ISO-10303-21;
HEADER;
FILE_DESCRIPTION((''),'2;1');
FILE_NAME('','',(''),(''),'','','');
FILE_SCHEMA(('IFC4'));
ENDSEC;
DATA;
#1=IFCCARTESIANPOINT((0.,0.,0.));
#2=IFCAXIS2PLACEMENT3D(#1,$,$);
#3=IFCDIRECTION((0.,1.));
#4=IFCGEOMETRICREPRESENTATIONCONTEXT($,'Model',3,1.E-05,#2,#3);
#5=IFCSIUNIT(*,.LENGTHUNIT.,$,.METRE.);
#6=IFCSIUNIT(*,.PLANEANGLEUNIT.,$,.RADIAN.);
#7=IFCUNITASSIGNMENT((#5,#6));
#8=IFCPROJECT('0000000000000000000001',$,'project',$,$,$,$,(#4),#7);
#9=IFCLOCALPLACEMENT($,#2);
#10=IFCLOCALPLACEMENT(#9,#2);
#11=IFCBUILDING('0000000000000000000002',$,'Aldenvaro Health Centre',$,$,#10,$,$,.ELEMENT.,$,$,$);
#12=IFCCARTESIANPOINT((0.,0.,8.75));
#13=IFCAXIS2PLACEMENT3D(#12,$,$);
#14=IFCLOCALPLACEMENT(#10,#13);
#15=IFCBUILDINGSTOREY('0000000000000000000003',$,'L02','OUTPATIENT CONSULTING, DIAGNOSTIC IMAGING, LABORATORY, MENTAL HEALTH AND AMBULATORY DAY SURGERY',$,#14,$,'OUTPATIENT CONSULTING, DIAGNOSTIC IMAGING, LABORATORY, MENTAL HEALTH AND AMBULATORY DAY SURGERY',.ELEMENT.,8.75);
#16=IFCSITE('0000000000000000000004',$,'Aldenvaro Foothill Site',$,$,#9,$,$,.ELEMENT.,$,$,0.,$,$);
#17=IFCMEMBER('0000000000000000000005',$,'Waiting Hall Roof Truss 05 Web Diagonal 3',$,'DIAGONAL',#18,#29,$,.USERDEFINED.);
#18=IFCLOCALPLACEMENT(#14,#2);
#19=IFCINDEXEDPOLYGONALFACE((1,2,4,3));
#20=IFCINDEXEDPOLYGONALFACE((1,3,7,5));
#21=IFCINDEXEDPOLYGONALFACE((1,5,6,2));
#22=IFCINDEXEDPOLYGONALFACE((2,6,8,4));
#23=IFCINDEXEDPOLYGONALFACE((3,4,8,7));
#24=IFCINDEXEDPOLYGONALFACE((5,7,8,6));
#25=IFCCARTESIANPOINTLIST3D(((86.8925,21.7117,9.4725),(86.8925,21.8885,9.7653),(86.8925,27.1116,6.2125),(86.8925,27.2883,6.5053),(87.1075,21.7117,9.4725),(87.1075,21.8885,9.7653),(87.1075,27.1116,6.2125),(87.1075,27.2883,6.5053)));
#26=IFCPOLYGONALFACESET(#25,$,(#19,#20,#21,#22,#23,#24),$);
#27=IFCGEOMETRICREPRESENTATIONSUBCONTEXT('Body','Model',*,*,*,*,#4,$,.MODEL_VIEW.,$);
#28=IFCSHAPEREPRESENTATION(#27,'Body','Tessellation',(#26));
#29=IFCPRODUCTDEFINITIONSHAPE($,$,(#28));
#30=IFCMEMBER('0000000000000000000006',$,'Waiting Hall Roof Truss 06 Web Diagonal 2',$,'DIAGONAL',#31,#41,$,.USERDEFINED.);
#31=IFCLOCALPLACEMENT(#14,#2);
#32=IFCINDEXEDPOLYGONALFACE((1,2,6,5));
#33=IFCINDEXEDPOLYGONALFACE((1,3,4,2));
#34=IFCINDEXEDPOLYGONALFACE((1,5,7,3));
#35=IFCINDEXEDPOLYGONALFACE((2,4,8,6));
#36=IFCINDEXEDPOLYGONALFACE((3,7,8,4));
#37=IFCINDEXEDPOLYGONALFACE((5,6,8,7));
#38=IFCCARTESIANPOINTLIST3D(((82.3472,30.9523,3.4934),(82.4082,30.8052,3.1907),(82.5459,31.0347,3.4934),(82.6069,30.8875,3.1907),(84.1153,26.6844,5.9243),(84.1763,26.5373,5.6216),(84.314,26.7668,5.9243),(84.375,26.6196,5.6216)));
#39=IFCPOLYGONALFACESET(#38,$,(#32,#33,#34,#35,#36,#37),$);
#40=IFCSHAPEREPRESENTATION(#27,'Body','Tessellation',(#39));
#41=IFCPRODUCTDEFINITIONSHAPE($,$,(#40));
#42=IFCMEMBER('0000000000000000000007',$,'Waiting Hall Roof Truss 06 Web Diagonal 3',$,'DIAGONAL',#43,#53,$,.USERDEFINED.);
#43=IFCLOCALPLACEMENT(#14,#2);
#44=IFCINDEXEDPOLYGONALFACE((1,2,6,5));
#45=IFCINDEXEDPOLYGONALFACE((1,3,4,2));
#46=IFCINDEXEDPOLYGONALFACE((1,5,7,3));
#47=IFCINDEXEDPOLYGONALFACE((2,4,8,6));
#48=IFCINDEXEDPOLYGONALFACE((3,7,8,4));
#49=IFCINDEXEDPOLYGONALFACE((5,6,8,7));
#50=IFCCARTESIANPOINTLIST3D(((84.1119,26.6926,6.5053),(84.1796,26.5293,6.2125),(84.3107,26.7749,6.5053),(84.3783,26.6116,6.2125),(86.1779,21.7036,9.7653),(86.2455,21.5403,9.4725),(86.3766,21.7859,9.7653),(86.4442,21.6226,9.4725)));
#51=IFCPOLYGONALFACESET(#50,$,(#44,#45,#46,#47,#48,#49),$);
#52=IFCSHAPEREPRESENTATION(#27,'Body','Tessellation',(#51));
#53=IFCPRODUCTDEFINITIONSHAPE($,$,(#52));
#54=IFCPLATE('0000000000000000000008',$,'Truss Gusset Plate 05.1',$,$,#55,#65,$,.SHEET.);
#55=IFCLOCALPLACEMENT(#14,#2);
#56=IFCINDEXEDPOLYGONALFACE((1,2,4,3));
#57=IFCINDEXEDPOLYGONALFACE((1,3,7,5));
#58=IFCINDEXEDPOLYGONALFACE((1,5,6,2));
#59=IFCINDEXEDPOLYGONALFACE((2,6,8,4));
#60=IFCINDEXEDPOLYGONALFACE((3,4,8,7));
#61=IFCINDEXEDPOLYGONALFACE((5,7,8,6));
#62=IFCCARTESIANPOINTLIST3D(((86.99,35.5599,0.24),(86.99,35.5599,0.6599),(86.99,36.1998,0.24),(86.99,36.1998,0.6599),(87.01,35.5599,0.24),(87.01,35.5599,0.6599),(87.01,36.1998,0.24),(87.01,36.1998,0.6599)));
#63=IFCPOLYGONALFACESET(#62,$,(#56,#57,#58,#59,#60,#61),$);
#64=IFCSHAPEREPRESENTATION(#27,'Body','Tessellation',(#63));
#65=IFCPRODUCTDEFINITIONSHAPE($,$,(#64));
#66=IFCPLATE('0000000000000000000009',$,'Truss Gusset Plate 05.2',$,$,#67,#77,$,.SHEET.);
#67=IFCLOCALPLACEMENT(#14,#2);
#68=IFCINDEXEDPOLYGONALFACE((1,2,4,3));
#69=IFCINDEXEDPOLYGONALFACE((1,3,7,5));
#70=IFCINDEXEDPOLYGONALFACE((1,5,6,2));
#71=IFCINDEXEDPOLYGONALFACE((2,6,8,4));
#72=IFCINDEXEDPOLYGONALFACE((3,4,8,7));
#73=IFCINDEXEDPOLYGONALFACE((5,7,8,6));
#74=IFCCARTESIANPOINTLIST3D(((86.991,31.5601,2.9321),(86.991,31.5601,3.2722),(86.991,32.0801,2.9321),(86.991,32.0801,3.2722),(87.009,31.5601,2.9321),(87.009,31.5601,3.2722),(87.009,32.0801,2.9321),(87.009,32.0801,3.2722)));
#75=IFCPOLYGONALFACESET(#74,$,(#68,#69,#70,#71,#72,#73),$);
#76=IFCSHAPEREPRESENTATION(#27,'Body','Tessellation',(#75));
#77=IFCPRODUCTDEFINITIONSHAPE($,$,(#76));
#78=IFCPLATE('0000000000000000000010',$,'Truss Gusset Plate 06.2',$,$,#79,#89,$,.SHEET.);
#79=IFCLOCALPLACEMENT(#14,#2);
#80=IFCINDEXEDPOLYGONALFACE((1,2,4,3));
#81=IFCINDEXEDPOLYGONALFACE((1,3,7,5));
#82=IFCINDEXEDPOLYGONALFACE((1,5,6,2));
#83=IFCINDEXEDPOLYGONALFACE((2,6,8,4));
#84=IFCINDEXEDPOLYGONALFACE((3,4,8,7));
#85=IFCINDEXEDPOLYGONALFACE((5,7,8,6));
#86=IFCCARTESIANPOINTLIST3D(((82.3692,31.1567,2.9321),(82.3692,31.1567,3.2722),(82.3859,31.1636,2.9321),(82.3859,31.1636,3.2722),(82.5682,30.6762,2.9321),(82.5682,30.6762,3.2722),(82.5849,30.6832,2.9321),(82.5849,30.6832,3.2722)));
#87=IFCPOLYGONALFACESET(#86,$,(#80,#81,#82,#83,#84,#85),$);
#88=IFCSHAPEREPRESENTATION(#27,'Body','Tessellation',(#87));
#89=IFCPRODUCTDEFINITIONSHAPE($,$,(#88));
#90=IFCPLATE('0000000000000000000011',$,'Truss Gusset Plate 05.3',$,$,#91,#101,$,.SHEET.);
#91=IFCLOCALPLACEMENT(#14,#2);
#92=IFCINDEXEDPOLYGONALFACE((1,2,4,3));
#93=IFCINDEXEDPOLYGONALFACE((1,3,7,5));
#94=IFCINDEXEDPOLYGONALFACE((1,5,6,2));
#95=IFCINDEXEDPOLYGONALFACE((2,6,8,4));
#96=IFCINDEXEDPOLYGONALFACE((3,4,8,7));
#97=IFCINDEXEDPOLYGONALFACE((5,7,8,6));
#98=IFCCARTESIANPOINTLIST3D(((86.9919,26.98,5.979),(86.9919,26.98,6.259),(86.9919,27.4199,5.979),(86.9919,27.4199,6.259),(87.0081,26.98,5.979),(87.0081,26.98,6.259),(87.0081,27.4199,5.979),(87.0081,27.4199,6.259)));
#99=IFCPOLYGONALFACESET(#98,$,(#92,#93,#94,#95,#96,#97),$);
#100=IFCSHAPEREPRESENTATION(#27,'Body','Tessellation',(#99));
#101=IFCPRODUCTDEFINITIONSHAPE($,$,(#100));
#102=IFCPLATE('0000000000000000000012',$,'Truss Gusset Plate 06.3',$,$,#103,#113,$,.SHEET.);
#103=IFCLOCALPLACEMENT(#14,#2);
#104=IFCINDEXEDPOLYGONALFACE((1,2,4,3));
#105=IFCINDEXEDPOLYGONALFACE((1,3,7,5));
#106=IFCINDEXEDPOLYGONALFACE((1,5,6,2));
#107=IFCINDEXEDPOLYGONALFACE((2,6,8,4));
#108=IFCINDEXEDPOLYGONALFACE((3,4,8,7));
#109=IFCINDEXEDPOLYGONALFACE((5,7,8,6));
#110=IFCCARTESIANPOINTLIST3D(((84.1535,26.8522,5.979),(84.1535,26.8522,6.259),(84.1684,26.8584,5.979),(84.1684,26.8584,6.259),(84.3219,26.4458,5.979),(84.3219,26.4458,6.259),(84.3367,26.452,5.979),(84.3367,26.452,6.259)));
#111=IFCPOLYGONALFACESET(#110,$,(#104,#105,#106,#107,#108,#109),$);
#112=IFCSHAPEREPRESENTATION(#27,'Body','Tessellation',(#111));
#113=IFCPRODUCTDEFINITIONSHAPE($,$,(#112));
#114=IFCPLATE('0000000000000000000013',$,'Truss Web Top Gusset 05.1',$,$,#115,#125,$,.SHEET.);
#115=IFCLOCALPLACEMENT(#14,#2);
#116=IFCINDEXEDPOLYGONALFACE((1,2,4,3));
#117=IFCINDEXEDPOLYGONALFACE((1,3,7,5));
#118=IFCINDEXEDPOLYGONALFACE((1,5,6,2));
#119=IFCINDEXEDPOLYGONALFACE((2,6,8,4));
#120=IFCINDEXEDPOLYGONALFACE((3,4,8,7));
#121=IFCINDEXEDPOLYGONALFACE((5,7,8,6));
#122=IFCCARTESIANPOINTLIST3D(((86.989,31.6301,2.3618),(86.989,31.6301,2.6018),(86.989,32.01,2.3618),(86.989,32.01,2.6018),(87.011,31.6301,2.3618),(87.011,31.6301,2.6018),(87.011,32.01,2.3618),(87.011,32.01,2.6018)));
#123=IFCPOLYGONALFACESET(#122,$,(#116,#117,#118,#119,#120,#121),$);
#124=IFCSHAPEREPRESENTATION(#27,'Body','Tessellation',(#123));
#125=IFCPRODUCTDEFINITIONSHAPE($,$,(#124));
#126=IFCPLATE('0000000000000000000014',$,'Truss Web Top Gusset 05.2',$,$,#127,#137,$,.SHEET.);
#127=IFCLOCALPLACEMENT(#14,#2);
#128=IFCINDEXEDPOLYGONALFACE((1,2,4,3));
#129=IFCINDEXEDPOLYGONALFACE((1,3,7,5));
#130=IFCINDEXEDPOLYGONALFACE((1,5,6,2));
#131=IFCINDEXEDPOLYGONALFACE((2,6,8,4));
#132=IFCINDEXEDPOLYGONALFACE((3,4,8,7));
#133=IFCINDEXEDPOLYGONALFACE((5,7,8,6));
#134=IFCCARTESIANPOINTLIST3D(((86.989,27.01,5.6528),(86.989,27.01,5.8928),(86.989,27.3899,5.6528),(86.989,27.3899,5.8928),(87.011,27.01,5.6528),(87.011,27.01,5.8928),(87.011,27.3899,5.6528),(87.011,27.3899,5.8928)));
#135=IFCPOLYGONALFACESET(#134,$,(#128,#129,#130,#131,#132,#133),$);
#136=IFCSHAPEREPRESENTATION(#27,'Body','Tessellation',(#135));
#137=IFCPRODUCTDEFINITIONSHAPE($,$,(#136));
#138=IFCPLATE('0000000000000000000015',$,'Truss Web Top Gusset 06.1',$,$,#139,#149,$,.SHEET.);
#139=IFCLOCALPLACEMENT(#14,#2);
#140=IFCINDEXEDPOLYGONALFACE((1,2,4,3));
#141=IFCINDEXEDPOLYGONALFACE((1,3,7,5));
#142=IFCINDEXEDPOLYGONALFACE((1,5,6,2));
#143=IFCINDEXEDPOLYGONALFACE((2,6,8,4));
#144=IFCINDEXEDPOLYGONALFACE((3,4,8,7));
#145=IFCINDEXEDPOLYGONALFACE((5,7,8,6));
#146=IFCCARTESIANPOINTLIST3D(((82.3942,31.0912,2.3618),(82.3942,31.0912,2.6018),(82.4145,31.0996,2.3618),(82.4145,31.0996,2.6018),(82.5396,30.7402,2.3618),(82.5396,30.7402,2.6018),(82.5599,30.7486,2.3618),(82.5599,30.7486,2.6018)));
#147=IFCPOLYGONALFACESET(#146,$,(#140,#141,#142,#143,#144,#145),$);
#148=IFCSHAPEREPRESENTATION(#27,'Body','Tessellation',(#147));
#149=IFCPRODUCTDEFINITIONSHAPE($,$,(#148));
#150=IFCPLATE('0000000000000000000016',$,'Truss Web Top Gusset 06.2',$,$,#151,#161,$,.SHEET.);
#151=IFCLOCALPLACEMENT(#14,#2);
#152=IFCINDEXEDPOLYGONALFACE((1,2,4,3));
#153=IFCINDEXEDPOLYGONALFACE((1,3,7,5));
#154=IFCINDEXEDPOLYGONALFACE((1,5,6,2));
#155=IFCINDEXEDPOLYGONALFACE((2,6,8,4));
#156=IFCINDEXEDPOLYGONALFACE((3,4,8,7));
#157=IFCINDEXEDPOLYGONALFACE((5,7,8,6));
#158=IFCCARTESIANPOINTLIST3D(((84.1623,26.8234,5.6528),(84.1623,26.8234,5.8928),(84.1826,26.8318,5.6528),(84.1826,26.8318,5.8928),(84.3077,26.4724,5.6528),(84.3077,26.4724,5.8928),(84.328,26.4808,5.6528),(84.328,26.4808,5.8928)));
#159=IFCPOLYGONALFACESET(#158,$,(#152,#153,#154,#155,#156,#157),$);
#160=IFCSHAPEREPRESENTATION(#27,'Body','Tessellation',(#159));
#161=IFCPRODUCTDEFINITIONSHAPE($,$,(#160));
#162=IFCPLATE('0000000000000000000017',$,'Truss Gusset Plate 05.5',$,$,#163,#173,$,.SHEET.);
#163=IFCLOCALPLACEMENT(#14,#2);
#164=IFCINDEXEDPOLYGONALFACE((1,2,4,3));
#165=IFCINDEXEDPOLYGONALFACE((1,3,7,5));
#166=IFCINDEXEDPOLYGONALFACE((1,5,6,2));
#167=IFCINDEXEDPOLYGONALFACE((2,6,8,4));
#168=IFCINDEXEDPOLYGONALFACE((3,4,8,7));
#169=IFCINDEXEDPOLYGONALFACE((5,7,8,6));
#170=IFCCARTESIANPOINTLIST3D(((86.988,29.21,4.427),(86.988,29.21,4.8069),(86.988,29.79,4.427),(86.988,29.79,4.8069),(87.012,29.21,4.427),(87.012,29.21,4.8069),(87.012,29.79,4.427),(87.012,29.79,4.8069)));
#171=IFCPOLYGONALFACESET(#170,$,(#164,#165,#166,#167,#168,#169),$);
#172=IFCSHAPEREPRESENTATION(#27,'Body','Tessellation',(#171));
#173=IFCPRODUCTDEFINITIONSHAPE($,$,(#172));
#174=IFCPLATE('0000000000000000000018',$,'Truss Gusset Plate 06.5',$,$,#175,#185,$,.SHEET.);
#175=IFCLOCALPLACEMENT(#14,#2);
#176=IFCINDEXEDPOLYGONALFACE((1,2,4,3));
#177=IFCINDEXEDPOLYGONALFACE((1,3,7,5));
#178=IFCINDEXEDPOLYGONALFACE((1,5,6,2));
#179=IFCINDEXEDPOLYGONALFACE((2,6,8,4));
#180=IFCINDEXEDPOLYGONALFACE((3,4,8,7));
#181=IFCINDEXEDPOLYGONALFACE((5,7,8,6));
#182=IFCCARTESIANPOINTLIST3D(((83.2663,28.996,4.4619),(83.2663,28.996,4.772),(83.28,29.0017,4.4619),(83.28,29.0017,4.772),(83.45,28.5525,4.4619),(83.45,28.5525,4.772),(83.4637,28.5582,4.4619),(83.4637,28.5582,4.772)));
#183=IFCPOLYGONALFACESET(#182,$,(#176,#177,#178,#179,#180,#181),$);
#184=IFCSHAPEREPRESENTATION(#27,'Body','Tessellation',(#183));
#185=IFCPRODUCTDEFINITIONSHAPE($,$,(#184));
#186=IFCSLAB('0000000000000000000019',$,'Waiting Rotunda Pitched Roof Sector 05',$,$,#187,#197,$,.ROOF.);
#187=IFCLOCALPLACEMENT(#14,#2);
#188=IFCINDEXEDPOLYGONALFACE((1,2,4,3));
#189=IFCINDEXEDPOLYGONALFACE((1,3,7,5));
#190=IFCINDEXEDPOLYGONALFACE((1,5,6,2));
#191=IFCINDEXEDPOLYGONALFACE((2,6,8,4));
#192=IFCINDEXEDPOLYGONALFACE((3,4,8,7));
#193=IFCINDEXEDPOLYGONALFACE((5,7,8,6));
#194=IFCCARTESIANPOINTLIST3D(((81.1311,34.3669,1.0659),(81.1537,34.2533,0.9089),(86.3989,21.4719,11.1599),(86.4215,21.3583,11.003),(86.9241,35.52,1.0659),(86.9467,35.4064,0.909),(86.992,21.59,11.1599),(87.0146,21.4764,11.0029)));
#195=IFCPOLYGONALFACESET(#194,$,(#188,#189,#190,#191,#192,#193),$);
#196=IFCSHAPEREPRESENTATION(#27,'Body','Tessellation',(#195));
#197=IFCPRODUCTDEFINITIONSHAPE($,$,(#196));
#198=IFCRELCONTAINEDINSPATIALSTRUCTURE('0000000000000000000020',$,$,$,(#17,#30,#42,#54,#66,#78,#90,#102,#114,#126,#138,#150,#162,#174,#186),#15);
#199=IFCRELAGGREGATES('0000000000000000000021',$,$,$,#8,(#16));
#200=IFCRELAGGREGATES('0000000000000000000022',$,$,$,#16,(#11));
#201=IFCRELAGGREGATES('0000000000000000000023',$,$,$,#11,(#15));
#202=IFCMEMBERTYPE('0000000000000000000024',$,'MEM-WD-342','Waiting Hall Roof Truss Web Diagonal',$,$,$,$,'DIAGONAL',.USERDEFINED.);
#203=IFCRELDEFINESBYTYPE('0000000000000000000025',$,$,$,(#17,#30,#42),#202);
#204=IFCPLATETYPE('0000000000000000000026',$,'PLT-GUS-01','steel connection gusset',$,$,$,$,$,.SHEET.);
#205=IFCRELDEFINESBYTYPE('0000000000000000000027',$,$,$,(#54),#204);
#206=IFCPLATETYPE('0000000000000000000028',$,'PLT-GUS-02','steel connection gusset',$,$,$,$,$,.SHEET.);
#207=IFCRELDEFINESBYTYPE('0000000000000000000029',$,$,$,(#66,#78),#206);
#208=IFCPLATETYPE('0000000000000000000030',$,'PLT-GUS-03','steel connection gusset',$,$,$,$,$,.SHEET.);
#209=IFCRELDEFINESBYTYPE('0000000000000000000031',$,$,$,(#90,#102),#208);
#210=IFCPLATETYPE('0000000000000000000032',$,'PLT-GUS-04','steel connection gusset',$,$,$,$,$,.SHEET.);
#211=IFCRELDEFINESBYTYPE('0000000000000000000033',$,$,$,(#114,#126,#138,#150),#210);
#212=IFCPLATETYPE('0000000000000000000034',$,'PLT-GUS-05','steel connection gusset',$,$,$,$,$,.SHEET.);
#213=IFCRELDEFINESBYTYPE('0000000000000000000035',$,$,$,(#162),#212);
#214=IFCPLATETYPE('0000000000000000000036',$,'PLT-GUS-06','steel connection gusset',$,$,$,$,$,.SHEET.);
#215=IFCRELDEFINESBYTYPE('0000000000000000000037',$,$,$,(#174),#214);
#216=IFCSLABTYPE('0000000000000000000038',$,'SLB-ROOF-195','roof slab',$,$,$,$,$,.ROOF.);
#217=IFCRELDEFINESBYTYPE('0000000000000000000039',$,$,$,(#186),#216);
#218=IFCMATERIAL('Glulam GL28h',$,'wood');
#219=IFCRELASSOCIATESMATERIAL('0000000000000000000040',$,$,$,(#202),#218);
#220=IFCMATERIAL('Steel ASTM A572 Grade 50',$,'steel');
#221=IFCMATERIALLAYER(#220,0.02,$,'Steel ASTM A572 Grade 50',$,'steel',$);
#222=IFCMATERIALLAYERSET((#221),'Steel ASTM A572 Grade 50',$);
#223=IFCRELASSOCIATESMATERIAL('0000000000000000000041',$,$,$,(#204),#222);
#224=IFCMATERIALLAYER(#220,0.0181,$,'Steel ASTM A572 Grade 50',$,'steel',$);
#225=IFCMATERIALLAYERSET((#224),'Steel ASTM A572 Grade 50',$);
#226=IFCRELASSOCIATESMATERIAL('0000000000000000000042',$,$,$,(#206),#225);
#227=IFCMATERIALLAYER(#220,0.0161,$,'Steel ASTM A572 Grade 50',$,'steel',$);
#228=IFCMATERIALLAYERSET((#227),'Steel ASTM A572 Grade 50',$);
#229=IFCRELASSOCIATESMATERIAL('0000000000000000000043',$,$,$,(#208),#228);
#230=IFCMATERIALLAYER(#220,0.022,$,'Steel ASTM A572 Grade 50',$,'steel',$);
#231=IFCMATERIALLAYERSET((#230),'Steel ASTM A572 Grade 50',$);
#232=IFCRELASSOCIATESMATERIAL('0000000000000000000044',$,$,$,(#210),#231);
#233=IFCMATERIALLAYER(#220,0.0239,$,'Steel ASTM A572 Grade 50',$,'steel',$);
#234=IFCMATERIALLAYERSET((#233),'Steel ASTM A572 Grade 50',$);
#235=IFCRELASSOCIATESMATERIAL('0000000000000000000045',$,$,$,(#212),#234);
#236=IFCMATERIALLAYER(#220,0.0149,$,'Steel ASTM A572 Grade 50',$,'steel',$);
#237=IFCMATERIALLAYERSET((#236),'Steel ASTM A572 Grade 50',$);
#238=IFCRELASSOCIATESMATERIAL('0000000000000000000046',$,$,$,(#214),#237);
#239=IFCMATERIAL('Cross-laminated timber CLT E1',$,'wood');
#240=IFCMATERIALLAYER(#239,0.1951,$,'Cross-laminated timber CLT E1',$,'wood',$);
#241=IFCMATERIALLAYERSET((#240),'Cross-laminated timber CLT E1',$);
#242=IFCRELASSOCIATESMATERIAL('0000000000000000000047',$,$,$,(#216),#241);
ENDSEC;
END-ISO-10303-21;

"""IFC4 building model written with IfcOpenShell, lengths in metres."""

from ifc_helpers import new_model, si_unit, direction, frame, origin, origin_2d, place, context, subcontext, project, spatial, polyline, rectangle, outline, extrude, material, layer, layer_set, material_profile, profile_set, type_object, element, save


model = new_model("IFC4")

# Units and contexts
model_context = context("Model", 3, precision=1e-05, world=origin(), true_north=direction((0.0, 1.0)))
body_context = subcontext(model_context, "Body", "Model", "MODEL_VIEW")
ifc_project = project(units=[si_unit("LENGTHUNIT", "METRE"), si_unit("PLANEANGLEUNIT", "RADIAN")], contexts=[model_context])

# Site, building, storey
site_placement = place(None, origin())
site = spatial("IfcSite", under=ifc_project, at=site_placement, Name="Aldenvaro Foothill Site", CompositionType="ELEMENT", RefElevation=0.0)
building_placement = place(site_placement, origin())
building = spatial("IfcBuilding", under=site, at=building_placement, Name="Aldenvaro Health Centre", CompositionType="ELEMENT")
storey_placement = place(building_placement, frame((0.0, 0.0, 8.75)))
storey = spatial("IfcBuildingStorey", under=building, at=storey_placement, Name="L02", Description="OUTPATIENT CONSULTING, DIAGNOSTIC IMAGING, LABORATORY, MENTAL HEALTH AND AMBULATORY DAY SURGERY", LongName="OUTPATIENT CONSULTING, DIAGNOSTIC IMAGING, LABORATORY, MENTAL HEALTH AND AMBULATORY DAY SURGERY", CompositionType="ELEMENT", Elevation=8.75)

# Shared definitions
ifc_material_1 = material(Name="Glulam GL28h", Category="wood")

# Members
ifc_material_profile_1 = material_profile(ifc_material_1, rectangle(XDim=0.2151, YDim=0.342, at=origin_2d()), Name="GL 215x342", Category="wood")
ifc_profile_set_1 = profile_set([ifc_material_profile_1], Name="Glulam GL28h")
member_type_1 = type_object("IfcMemberType", Name="MEM-WD-342", Description="Waiting Hall Roof Truss Web Diagonal", ElementType="DIAGONAL", PredefinedType="USERDEFINED", material=ifc_profile_set_1)
member_1_placement = place(storey_placement, frame((87.0, 27.2, 6.3589), z_axis=(0.0, -0.856086, 0.516833), x_axis=(1.0, 0.0, 0.0)))
element("IfcMember", 1, at=member_1_placement, inside=storey, type_object=member_type_1, Name="Waiting Hall Roof Truss 05 Web Diagonal 3", ObjectType="DIAGONAL", PredefinedType="USERDEFINED", context=body_context, shape_type="SweptSolid", body=[
    extrude(rectangle(XDim=0.2151, YDim=0.342, at=origin_2d()), origin(), (0.0, 0.0, 1.0), 6.3076),
])
member_2_placement = place(storey_placement, frame((82.4771, 30.9199, 3.342), z_axis=(0.338702, -0.817571, 0.46568), x_axis=(0.923858, 0.382735, 0.0)))
element("IfcMember", 2, at=member_2_placement, inside=storey, type_object=member_type_1, Name="Waiting Hall Roof Truss 06 Web Diagonal 2", ObjectType="DIAGONAL", PredefinedType="USERDEFINED", context=body_context, shape_type="SweptSolid", body=[
    extrude(rectangle(XDim=0.2151, YDim=0.342, at=origin_2d()), origin(), (0.0, 0.0, 1.0), 5.2202),
])
member_3_placement = place(storey_placement, frame((84.2451, 26.6521, 6.3589), z_axis=(0.327528, -0.790952, 0.516838), x_axis=(0.923919, 0.382589, 0.0)))
element("IfcMember", 3, at=member_3_placement, inside=storey, type_object=member_type_1, Name="Waiting Hall Roof Truss 06 Web Diagonal 3", ObjectType="DIAGONAL", PredefinedType="USERDEFINED", context=body_context, shape_type="SweptSolid", body=[
    extrude(rectangle(XDim=0.2151, YDim=0.342, at=origin_2d()), origin(), (0.0, 0.0, 1.0), 6.3076),
])

# Plates
ifc_material_2 = material(Name="Steel ASTM A572 Grade 50", Category="steel")
ifc_layer_1 = layer(ifc_material_2, 0.02, Name="Steel ASTM A572 Grade 50", Category="steel")
ifc_layer_set_1 = layer_set([ifc_layer_1], Name="Steel ASTM A572 Grade 50")
plate_type_1 = type_object("IfcPlateType", Name="PLT-GUS-01", Description="steel connection gusset", PredefinedType="SHEET", material=ifc_layer_set_1)
plate_1_placement = place(storey_placement, frame((87.0, 35.8799, 0.24), z_axis=(0.0, 0.0, 1.0), x_axis=(0.0, 1.0, 0.0)))
element("IfcPlate", 4, at=plate_1_placement, inside=storey, type_object=plate_type_1, Name="Truss Gusset Plate 05.1", PredefinedType="SHEET", context=body_context, shape_type="SweptSolid", body=[
    extrude(rectangle(XDim=0.6399, YDim=0.02, at=origin_2d()), origin(), (0.0, 0.0, 1.0), 0.4199),
])
ifc_layer_2 = layer(ifc_material_2, 0.0181, Name="Steel ASTM A572 Grade 50", Category="steel")
ifc_layer_set_2 = layer_set([ifc_layer_2], Name="Steel ASTM A572 Grade 50")
plate_type_2 = type_object("IfcPlateType", Name="PLT-GUS-02", Description="steel connection gusset", PredefinedType="SHEET", material=ifc_layer_set_2)
for number, where, z_axis, x_axis, name in (
    (5, (87.0, 31.8201, 2.9321), (0.0, 0.0, 1.0), (0.0, 1.0, 0.0), "Truss Gusset Plate 05.2"),
    (6, (82.4771, 30.9199, 2.9321), (0.0, 0.0, 1.0), (-0.382683, 0.92388, 0.0), "Truss Gusset Plate 06.2"),
):
    element("IfcPlate", number, at=place(storey_placement, frame(where, z_axis=z_axis, x_axis=x_axis)), inside=storey, type_object=plate_type_2, Name=name, PredefinedType="SHEET", context=body_context, shape_type="SweptSolid", body=[
        extrude(rectangle(XDim=0.52, YDim=0.0181, at=origin_2d()), origin(), (0.0, 0.0, 1.0), 0.3401),
    ])
ifc_layer_3 = layer(ifc_material_2, 0.0161, Name="Steel ASTM A572 Grade 50", Category="steel")
ifc_layer_set_3 = layer_set([ifc_layer_3], Name="Steel ASTM A572 Grade 50")
plate_type_3 = type_object("IfcPlateType", Name="PLT-GUS-03", Description="steel connection gusset", PredefinedType="SHEET", material=ifc_layer_set_3)
for number, where, z_axis, x_axis, name in (
    (7, (87.0, 27.2, 5.979), (0.0, 0.0, 1.0), (0.0, 1.0, 0.0), "Truss Gusset Plate 05.3"),
    (8, (84.2451, 26.6521, 5.979), (0.0, 0.0, 1.0), (-0.382683, 0.92388, 0.0), "Truss Gusset Plate 06.3"),
):
    element("IfcPlate", number, at=place(storey_placement, frame(where, z_axis=z_axis, x_axis=x_axis)), inside=storey, type_object=plate_type_3, Name=name, PredefinedType="SHEET", context=body_context, shape_type="SweptSolid", body=[
        extrude(rectangle(XDim=0.4399, YDim=0.0161, at=origin_2d()), origin(), (0.0, 0.0, 1.0), 0.28),
    ])
ifc_layer_4 = layer(ifc_material_2, 0.022, Name="Steel ASTM A572 Grade 50", Category="steel")
ifc_layer_set_4 = layer_set([ifc_layer_4], Name="Steel ASTM A572 Grade 50")
plate_type_4 = type_object("IfcPlateType", Name="PLT-GUS-04", Description="steel connection gusset", PredefinedType="SHEET", material=ifc_layer_set_4)
for number, where, z_axis, x_axis, name in (
    (9, (87.0, 31.8201, 2.3618), (0.0, 0.0, 1.0), (0.0, 1.0, 0.0), "Truss Web Top Gusset 05.1"),
    (10, (87.0, 27.2, 5.6528), (0.0, 0.0, 1.0), (0.0, 1.0, 0.0), "Truss Web Top Gusset 05.2"),
    (11, (82.4771, 30.9199, 2.3618), (0.0, 0.0, 1.0), (-0.382683, 0.92388, 0.0), "Truss Web Top Gusset 06.1"),
    (12, (84.2451, 26.6521, 5.6528), (0.0, 0.0, 1.0), (-0.382683, 0.92388, 0.0), "Truss Web Top Gusset 06.2"),
):
    element("IfcPlate", number, at=place(storey_placement, frame(where, z_axis=z_axis, x_axis=x_axis)), inside=storey, type_object=plate_type_4, Name=name, PredefinedType="SHEET", context=body_context, shape_type="SweptSolid", body=[
        extrude(rectangle(XDim=0.3799, YDim=0.022, at=origin_2d()), origin(), (0.0, 0.0, 1.0), 0.24),
    ])
ifc_layer_5 = layer(ifc_material_2, 0.0239, Name="Steel ASTM A572 Grade 50", Category="steel")
ifc_layer_set_5 = layer_set([ifc_layer_5], Name="Steel ASTM A572 Grade 50")
plate_type_5 = type_object("IfcPlateType", Name="PLT-GUS-05", Description="steel connection gusset", PredefinedType="SHEET", material=ifc_layer_set_5)
plate_2_placement = place(storey_placement, frame((87.0, 29.5, 4.427), z_axis=(0.0, 0.0, 1.0), x_axis=(0.0, 1.0, 0.0)))
element("IfcPlate", 13, at=plate_2_placement, inside=storey, type_object=plate_type_5, Name="Truss Gusset Plate 05.5", PredefinedType="SHEET", context=body_context, shape_type="SweptSolid", body=[
    extrude(rectangle(XDim=0.5801, YDim=0.0239, at=origin_2d()), origin(), (0.0, 0.0, 1.0), 0.3799),
])
ifc_layer_6 = layer(ifc_material_2, 0.0149, Name="Steel ASTM A572 Grade 50", Category="steel")
ifc_layer_set_6 = layer_set([ifc_layer_6], Name="Steel ASTM A572 Grade 50")
plate_type_6 = type_object("IfcPlateType", Name="PLT-GUS-06", Description="steel connection gusset", PredefinedType="SHEET", material=ifc_layer_set_6)
plate_3_placement = place(storey_placement, frame((83.365, 28.7771, 4.4619), z_axis=(0.0, 0.0, 1.0), x_axis=(-0.382683, 0.92388, 0.0)))
element("IfcPlate", 14, at=plate_3_placement, inside=storey, type_object=plate_type_6, Name="Truss Gusset Plate 06.5", PredefinedType="SHEET", context=body_context, shape_type="SweptSolid", body=[
    extrude(rectangle(XDim=0.48, YDim=0.0149, at=origin_2d()), origin(), (0.0, 0.0, 1.0), 0.3101),
])

# Slab
ifc_material_3 = material(Name="Cross-laminated timber CLT E1", Category="wood")
ifc_layer_7 = layer(ifc_material_3, 0.1951, Name="Cross-laminated timber CLT E1", Category="wood")
ifc_layer_set_7 = layer_set([ifc_layer_7], Name="Cross-laminated timber CLT E1")
slab_type = type_object("IfcSlabType", Name="SLB-ROOF-195", Description="roof slab", PredefinedType="ROOF", material=ifc_layer_set_7)
slab_placement = place(storey_placement, frame((86.9241, 35.52, 1.0659), z_axis=(-0.115944, 0.582438, 0.804564), x_axis=(-0.980759, -0.195224, -0.000009)))
element("IfcSlab", 15, at=slab_placement, inside=storey, type_object=slab_type, Name="Waiting Rotunda Pitched Roof Sector 05", PredefinedType="ROOF", context=body_context, shape_type="SweptSolid", body=[
    extrude(outline(polyline([(0.0, 0.0), (5.9066, 0.0), (3.2575, 16.9971), (2.6528, 16.997), (0.0, 0.0)])), origin(), (0.0, 0.0, -1.0), 0.1951),
])

save(model, "model.ifc")
